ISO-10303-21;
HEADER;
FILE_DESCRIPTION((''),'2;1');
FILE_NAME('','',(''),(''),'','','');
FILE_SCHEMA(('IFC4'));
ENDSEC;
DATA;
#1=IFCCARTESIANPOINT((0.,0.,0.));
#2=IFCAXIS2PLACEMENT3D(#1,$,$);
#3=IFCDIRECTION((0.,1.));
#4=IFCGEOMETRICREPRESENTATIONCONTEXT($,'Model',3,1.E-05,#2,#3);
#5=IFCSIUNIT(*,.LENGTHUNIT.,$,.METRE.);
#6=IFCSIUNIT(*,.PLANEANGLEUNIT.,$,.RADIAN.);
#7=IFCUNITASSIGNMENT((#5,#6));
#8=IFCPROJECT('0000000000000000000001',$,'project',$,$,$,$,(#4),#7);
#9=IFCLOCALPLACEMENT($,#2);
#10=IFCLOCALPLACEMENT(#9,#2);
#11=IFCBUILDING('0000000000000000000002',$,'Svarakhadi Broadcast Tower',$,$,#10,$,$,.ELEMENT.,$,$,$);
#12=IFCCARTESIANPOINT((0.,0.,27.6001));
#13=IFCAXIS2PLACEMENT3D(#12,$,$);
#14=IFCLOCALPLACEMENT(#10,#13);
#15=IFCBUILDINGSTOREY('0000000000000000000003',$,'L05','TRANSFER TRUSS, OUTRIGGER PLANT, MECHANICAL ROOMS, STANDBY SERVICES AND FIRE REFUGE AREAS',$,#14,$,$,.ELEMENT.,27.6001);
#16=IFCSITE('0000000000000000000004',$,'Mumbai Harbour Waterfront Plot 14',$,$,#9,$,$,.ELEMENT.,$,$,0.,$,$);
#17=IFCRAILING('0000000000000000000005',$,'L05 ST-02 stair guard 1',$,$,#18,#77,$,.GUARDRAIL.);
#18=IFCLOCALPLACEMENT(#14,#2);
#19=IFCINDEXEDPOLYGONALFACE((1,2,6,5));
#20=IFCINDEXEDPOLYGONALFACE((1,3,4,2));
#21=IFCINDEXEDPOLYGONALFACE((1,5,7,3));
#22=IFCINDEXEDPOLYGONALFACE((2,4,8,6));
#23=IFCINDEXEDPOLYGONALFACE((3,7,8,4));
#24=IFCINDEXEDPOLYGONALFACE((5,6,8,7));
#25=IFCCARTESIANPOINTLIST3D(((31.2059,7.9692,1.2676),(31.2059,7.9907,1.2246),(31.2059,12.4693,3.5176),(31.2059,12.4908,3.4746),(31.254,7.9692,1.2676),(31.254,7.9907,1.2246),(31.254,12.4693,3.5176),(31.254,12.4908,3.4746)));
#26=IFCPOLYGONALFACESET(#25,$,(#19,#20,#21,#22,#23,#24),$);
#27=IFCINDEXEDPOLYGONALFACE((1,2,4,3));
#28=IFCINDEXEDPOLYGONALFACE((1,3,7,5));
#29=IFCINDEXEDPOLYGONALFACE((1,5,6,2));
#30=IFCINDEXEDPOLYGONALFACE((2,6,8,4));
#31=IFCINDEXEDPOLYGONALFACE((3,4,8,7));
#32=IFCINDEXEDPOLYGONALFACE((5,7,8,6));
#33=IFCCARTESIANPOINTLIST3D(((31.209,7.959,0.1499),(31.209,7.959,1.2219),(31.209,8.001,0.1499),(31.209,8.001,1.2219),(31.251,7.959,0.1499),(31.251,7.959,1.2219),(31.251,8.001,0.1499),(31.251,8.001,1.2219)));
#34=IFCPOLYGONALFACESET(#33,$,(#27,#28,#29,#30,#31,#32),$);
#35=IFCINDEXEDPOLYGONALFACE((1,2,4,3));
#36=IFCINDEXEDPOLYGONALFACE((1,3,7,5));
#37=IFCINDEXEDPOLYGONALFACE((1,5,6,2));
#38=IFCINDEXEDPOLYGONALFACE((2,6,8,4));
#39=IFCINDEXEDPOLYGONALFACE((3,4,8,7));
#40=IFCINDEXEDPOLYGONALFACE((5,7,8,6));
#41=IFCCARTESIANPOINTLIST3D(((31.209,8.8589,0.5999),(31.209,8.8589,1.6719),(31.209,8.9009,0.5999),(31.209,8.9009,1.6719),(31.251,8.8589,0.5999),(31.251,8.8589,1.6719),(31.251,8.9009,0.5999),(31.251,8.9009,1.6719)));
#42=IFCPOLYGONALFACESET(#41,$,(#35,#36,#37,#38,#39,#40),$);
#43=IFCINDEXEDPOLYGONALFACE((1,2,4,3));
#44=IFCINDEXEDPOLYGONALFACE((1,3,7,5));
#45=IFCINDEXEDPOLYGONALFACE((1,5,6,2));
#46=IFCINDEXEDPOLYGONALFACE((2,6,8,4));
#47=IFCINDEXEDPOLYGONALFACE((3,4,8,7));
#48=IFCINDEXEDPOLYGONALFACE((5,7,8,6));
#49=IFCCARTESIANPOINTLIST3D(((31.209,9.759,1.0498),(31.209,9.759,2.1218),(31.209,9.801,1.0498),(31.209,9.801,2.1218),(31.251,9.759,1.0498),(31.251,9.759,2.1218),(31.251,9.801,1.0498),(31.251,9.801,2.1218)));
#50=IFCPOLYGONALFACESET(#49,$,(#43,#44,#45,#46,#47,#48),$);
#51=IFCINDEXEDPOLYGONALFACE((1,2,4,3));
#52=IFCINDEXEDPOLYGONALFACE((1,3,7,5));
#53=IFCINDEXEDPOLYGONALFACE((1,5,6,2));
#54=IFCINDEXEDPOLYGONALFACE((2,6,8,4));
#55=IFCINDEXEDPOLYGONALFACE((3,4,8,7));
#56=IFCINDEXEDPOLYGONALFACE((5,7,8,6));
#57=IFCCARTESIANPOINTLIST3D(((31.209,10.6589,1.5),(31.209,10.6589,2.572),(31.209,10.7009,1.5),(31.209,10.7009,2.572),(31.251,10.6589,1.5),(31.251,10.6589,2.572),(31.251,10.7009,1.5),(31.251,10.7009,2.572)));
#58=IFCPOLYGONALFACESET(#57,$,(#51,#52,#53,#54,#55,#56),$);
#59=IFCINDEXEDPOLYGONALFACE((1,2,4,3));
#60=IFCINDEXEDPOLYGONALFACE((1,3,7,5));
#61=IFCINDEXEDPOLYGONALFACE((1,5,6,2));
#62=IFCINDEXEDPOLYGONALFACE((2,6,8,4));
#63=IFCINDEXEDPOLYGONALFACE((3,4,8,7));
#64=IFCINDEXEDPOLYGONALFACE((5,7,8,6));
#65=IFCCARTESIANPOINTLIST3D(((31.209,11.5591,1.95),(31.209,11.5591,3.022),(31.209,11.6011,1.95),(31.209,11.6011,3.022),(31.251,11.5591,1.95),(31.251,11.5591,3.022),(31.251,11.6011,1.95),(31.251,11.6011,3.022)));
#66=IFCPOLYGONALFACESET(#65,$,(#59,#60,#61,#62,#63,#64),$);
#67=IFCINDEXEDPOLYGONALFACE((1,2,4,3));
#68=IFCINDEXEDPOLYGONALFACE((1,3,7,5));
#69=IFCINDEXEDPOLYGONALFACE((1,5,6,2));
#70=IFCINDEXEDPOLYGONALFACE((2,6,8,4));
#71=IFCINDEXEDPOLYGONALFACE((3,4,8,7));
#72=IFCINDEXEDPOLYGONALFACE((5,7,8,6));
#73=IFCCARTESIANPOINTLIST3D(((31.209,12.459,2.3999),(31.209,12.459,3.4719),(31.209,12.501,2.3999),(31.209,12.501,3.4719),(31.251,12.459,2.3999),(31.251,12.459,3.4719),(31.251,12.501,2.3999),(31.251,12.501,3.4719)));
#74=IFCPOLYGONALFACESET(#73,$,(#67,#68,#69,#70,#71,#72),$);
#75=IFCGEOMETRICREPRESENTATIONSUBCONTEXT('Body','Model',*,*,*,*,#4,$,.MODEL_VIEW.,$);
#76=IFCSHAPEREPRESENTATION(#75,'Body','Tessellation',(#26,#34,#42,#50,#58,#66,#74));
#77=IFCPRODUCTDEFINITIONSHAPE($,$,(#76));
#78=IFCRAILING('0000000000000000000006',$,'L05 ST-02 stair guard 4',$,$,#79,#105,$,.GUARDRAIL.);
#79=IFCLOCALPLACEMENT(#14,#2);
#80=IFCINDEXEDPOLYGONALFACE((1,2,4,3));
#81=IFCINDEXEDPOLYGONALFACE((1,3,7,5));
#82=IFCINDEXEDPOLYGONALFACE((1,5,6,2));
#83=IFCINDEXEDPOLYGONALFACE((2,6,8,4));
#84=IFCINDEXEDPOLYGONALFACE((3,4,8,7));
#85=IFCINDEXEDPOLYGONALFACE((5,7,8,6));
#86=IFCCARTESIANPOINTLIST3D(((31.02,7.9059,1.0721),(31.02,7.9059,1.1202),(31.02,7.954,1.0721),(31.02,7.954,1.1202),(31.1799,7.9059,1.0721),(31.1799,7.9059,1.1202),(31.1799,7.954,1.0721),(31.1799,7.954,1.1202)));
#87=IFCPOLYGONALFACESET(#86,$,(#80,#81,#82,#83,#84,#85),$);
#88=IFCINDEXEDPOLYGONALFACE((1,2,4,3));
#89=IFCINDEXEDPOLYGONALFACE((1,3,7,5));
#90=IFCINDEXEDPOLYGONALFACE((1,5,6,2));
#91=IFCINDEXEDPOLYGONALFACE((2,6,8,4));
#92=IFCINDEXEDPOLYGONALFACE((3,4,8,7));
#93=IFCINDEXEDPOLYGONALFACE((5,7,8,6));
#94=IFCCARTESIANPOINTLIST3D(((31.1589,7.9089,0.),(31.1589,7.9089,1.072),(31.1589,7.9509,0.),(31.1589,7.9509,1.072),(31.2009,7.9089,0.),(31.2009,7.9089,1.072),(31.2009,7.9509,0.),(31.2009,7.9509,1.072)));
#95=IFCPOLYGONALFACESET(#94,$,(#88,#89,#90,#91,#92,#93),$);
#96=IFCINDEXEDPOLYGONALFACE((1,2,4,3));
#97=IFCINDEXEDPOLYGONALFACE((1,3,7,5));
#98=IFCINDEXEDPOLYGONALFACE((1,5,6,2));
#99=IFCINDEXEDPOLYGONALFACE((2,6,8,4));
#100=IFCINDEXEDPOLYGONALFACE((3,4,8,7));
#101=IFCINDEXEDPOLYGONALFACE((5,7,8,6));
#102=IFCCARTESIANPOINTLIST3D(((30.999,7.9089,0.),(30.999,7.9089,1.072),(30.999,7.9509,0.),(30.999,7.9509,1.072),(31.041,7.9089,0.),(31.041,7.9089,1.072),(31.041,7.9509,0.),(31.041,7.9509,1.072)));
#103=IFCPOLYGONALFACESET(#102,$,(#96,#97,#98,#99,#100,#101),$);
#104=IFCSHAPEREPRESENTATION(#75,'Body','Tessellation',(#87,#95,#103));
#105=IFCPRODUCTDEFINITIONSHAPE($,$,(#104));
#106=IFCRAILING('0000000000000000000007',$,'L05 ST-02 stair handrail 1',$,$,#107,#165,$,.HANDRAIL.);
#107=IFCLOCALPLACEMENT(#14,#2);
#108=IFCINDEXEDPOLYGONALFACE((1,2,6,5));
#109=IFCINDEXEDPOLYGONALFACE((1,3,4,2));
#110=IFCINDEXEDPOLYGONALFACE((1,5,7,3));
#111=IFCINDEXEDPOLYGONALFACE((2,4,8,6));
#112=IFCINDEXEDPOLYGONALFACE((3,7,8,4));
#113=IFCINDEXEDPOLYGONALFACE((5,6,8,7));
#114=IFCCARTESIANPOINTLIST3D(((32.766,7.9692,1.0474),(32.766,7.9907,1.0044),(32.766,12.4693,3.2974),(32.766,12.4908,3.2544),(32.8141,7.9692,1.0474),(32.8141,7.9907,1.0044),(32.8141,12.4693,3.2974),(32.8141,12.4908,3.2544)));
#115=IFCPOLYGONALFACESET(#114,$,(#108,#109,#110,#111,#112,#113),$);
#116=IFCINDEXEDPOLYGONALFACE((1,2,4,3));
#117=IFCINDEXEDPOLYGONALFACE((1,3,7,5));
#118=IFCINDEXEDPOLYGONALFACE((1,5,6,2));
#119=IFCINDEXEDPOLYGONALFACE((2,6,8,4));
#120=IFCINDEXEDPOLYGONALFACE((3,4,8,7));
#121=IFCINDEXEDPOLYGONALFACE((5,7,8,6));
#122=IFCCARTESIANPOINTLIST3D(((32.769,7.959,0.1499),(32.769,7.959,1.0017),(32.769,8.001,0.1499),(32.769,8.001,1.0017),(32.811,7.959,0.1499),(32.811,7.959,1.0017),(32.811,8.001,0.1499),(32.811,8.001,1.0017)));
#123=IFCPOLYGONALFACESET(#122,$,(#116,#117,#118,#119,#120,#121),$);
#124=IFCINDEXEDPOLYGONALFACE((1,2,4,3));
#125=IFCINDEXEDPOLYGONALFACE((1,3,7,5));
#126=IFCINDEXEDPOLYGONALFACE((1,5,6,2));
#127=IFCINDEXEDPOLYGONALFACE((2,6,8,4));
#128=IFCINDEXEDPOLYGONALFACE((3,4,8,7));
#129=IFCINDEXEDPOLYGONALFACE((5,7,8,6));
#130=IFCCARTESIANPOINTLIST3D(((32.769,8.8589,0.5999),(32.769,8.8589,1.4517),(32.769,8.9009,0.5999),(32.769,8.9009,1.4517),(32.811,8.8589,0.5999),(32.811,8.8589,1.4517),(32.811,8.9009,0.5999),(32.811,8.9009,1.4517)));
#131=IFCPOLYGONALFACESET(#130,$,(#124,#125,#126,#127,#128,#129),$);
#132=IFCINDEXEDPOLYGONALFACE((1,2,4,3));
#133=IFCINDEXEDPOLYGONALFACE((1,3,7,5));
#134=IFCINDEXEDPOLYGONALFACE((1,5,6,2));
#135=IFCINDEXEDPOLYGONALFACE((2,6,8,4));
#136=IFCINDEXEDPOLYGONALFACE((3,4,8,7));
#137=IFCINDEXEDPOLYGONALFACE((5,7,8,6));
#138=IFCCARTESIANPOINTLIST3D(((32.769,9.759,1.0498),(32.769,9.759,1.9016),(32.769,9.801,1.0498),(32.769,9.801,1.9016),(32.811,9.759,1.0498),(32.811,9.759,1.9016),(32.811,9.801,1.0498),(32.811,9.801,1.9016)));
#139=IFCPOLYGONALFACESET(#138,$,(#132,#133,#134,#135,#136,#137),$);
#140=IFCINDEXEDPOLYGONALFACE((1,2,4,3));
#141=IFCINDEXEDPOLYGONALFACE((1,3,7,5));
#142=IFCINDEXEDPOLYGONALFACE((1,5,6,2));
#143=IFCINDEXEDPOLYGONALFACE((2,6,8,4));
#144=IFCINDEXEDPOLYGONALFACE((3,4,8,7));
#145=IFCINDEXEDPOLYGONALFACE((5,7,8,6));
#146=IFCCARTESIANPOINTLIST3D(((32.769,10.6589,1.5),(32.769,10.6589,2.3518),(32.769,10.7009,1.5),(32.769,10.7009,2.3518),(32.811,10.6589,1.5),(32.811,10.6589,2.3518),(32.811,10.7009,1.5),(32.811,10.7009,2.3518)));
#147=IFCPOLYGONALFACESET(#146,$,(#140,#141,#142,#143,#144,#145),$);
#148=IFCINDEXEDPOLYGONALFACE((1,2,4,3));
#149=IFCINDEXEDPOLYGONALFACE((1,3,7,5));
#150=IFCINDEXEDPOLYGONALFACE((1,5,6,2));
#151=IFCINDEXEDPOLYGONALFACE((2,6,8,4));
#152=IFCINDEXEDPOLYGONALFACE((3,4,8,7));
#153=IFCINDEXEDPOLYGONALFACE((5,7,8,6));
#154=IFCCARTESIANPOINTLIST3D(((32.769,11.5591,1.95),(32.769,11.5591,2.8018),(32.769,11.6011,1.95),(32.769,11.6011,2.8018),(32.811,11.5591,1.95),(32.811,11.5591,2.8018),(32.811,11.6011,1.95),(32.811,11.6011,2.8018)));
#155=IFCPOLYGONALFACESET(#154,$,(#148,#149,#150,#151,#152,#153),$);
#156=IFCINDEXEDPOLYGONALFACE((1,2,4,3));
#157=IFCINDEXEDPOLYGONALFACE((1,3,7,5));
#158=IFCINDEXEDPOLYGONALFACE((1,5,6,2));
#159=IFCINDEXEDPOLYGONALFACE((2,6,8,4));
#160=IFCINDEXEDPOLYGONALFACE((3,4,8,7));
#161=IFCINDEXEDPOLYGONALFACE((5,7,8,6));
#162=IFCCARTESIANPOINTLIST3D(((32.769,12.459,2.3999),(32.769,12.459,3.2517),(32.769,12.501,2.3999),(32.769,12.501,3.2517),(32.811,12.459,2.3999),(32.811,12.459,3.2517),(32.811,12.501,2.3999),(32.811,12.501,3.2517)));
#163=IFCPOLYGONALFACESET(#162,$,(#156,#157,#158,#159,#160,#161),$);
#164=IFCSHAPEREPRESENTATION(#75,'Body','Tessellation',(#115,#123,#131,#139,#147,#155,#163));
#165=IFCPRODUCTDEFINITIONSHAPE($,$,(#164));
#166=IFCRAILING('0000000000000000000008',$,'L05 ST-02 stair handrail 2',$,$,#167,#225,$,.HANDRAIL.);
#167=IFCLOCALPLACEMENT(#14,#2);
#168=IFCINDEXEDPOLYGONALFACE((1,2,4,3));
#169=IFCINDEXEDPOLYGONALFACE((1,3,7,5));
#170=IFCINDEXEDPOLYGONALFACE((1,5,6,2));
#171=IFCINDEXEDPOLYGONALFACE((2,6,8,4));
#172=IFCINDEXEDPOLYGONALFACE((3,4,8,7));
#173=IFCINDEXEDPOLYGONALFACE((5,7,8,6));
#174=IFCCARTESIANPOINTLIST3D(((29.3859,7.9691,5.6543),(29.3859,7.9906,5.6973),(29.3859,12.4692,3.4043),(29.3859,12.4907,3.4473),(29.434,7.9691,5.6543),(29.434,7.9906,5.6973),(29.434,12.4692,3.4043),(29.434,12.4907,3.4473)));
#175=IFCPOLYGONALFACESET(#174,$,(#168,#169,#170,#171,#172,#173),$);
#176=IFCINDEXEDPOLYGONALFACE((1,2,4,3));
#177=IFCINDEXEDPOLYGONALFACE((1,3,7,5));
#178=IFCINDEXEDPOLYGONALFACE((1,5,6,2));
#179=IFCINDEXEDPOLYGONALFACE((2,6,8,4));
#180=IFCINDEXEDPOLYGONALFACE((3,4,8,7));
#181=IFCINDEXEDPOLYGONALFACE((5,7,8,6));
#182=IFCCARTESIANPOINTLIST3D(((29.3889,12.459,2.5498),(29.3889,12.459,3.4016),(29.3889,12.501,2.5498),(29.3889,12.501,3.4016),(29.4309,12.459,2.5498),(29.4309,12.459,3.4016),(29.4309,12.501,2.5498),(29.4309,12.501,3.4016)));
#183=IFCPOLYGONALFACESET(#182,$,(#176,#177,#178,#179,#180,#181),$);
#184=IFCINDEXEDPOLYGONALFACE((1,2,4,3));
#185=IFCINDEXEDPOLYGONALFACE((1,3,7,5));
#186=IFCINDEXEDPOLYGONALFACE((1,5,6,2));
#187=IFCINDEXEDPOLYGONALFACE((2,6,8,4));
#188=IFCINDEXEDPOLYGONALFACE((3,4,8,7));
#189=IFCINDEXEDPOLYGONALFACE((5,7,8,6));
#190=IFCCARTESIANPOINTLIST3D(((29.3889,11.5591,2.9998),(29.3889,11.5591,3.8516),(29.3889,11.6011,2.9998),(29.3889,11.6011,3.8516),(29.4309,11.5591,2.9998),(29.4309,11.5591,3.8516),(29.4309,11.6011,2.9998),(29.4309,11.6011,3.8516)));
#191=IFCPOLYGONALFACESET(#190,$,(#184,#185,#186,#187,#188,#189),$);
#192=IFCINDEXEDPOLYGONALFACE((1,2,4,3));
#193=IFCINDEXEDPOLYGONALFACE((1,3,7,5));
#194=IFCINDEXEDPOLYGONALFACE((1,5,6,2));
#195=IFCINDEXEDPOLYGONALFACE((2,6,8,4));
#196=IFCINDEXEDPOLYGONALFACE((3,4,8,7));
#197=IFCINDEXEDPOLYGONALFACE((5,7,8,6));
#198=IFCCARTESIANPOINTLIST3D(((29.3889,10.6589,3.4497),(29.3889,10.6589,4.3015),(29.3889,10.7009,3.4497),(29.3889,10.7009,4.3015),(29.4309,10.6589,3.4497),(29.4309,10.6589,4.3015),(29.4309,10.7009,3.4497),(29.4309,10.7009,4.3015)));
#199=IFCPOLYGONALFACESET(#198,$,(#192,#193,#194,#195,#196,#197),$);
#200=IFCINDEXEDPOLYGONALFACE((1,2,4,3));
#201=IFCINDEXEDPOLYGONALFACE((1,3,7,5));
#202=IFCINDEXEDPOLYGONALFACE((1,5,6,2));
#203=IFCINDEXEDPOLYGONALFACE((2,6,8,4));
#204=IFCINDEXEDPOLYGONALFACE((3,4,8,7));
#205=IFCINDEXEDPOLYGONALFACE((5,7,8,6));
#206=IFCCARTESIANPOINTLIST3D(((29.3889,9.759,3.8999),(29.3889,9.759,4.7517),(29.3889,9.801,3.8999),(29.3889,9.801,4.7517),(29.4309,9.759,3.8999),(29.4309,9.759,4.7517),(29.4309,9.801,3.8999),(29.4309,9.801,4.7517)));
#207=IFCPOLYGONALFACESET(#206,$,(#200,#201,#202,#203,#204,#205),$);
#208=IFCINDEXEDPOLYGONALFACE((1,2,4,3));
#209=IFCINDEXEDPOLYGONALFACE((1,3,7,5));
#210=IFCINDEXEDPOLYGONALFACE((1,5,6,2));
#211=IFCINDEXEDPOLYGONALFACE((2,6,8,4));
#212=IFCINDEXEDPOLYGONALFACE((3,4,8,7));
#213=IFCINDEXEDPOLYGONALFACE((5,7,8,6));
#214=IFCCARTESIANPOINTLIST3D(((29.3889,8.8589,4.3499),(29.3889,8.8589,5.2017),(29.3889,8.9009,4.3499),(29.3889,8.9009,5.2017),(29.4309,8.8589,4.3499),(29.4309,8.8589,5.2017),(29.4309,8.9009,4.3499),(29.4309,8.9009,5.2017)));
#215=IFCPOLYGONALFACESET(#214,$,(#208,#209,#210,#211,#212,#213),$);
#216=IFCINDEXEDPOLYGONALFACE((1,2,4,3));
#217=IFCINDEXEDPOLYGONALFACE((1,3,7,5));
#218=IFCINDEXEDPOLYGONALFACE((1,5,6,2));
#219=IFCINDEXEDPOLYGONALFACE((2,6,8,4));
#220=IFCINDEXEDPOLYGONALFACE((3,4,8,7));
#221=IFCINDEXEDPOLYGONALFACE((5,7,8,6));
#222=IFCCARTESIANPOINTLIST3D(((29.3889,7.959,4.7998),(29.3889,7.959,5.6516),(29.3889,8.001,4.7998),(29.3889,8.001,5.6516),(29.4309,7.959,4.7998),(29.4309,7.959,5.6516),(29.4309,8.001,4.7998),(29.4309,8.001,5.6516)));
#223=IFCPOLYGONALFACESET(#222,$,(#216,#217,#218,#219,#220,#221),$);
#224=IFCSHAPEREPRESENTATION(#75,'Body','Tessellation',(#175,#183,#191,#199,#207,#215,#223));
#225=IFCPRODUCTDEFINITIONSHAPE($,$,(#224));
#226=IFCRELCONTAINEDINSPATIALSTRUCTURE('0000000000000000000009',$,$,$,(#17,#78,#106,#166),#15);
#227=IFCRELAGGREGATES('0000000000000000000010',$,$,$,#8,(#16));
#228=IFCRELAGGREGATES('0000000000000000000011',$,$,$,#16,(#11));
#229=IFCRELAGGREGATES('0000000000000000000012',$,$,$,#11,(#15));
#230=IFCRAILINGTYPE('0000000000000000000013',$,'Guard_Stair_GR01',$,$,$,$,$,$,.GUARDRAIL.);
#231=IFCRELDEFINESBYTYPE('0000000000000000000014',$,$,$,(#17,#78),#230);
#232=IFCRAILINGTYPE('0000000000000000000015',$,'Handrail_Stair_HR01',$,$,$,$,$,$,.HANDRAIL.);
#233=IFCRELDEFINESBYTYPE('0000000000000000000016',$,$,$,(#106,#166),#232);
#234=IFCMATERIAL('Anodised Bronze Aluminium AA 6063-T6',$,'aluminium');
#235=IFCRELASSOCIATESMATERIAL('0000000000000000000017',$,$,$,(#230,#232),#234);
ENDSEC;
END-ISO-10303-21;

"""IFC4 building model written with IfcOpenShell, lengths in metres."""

from ifc_helpers import new_model, si_unit, direction, frame, origin, origin_2d, place, context, subcontext, project, spatial, rectangle, extrude, material, type_object, element, save


model = new_model("IFC4")

# Units and contexts
model_context = context("Model", 3, precision=1e-05, world=origin(), true_north=direction((0.0, 1.0)))
body_context = subcontext(model_context, "Body", "Model", "MODEL_VIEW")
ifc_project = project(units=[si_unit("LENGTHUNIT", "METRE"), si_unit("PLANEANGLEUNIT", "RADIAN")], contexts=[model_context])

# Site, building, storey
site_placement = place(None, origin())
site = spatial("IfcSite", under=ifc_project, at=site_placement, Name="Mumbai Harbour Waterfront Plot 14", CompositionType="ELEMENT", RefElevation=0.0)
building_placement = place(site_placement, origin())
building = spatial("IfcBuilding", under=site, at=building_placement, Name="Svarakhadi Broadcast Tower", CompositionType="ELEMENT")
storey_placement = place(building_placement, frame((0.0, 0.0, 27.6001)))
storey = spatial("IfcBuildingStorey", under=building, at=storey_placement, Name="L05", Description="TRANSFER TRUSS, OUTRIGGER PLANT, MECHANICAL ROOMS, STANDBY SERVICES AND FIRE REFUGE AREAS", CompositionType="ELEMENT", Elevation=27.6001)

# Railings
ifc_material_1 = material(Name="Anodised Bronze Aluminium AA 6063-T6", Category="aluminium")
railing_type_1 = type_object("IfcRailingType", Name="Guard_Stair_GR01", PredefinedType="GUARDRAIL", material=ifc_material_1)
railing_1_placement = place(storey_placement, frame((31.23, 7.98, 0.1499)))
element("IfcRailing", 1, at=railing_1_placement, inside=storey, type_object=railing_type_1, Name="L05 ST-02 stair guard 1", PredefinedType="GUARDRAIL", context=body_context, shape_type="SweptSolid", body=[
    extrude(rectangle(XDim=0.0481, YDim=0.0481, at=origin_2d()), frame((0.0, 0.0, 1.0962), z_axis=(0.0, 0.894427, 0.447214), x_axis=(-1.0, 0.0, 0.0)), (0.0, 0.0, 1.0), 5.0312),
    extrude(rectangle(XDim=0.042, YDim=0.042, at=origin_2d()), origin(), (0.0, 0.0, 1.0), 1.072),
    extrude(rectangle(XDim=0.042, YDim=0.042, at=origin_2d()), frame((0.0, 0.8999, 0.45)), (0.0, 0.0, 1.0), 1.072),
    extrude(rectangle(XDim=0.042, YDim=0.042, at=origin_2d()), frame((0.0, 1.8, 0.8999)), (0.0, 0.0, 1.0), 1.072),
    extrude(rectangle(XDim=0.042, YDim=0.042, at=origin_2d()), frame((0.0, 2.7, 1.3501)), (0.0, 0.0, 1.0), 1.072),
    extrude(rectangle(XDim=0.042, YDim=0.042, at=origin_2d()), frame((0.0, 3.6001, 1.8)), (0.0, 0.0, 1.0), 1.072),
    extrude(rectangle(XDim=0.042, YDim=0.042, at=origin_2d()), frame((0.0, 4.5, 2.25)), (0.0, 0.0, 1.0), 1.072),
])
railing_2_placement = place(storey_placement, frame((31.1799, 7.9299, 0.0)))
element("IfcRailing", 2, at=railing_2_placement, inside=storey, type_object=railing_type_1, Name="L05 ST-02 stair guard 4", PredefinedType="GUARDRAIL", context=body_context, shape_type="SweptSolid", body=[
    extrude(rectangle(XDim=0.0481, YDim=0.0481, at=origin_2d()), frame((0.0, 0.0, 1.0962), z_axis=(-1.0, 0.0, 0.0), x_axis=(0.0, -1.0, 0.0)), (0.0, 0.0, 1.0), 0.1599),
    extrude(rectangle(XDim=0.042, YDim=0.042, at=origin_2d()), origin(), (0.0, 0.0, 1.0), 1.072),
    extrude(rectangle(XDim=0.042, YDim=0.042, at=origin_2d()), frame((-0.1599, 0.0, 0.0)), (0.0, 0.0, 1.0), 1.072),
])
railing_type_2 = type_object("IfcRailingType", Name="Handrail_Stair_HR01", PredefinedType="HANDRAIL", material=ifc_material_1)
railing_3_placement = place(storey_placement, frame((32.79, 7.98, 0.1499)))
element("IfcRailing", 3, at=railing_3_placement, inside=storey, type_object=railing_type_2, Name="L05 ST-02 stair handrail 1", PredefinedType="HANDRAIL", context=body_context, shape_type="SweptSolid", body=[
    extrude(rectangle(XDim=0.0481, YDim=0.0481, at=origin_2d()), frame((0.0, 0.0, 0.876), z_axis=(0.0, 0.894427, 0.447214), x_axis=(-1.0, 0.0, 0.0)), (0.0, 0.0, 1.0), 5.0312),
    extrude(rectangle(XDim=0.042, YDim=0.042, at=origin_2d()), origin(), (0.0, 0.0, 1.0), 0.8518),
    extrude(rectangle(XDim=0.042, YDim=0.042, at=origin_2d()), frame((0.0, 0.8999, 0.45)), (0.0, 0.0, 1.0), 0.8518),
    extrude(rectangle(XDim=0.042, YDim=0.042, at=origin_2d()), frame((0.0, 1.8, 0.8999)), (0.0, 0.0, 1.0), 0.8518),
    extrude(rectangle(XDim=0.042, YDim=0.042, at=origin_2d()), frame((0.0, 2.7, 1.3501)), (0.0, 0.0, 1.0), 0.8518),
    extrude(rectangle(XDim=0.042, YDim=0.042, at=origin_2d()), frame((0.0, 3.6001, 1.8)), (0.0, 0.0, 1.0), 0.8518),
    extrude(rectangle(XDim=0.042, YDim=0.042, at=origin_2d()), frame((0.0, 4.5, 2.25)), (0.0, 0.0, 1.0), 0.8518),
])
railing_4_placement = place(storey_placement, frame((29.4099, 12.48, 2.5498)))
element("IfcRailing", 4, at=railing_4_placement, inside=storey, type_object=railing_type_2, Name="L05 ST-02 stair handrail 2", PredefinedType="HANDRAIL", context=body_context, shape_type="SweptSolid", body=[
    extrude(rectangle(XDim=0.0481, YDim=0.0481, at=origin_2d()), frame((0.0, 0.0, 0.876), z_axis=(0.0, -0.894427, 0.447214), x_axis=(1.0, 0.0, 0.0)), (0.0, 0.0, 1.0), 5.0312),
    extrude(rectangle(XDim=0.042, YDim=0.042, at=origin_2d()), origin(), (0.0, 0.0, 1.0), 0.8518),
    extrude(rectangle(XDim=0.042, YDim=0.042, at=origin_2d()), frame((0.0, -0.8999, 0.45)), (0.0, 0.0, 1.0), 0.8518),
    extrude(rectangle(XDim=0.042, YDim=0.042, at=origin_2d()), frame((0.0, -1.8, 0.8999)), (0.0, 0.0, 1.0), 0.8518),
    extrude(rectangle(XDim=0.042, YDim=0.042, at=origin_2d()), frame((0.0, -2.7, 1.3501)), (0.0, 0.0, 1.0), 0.8518),
    extrude(rectangle(XDim=0.042, YDim=0.042, at=origin_2d()), frame((0.0, -3.6001, 1.8)), (0.0, 0.0, 1.0), 0.8518),
    extrude(rectangle(XDim=0.042, YDim=0.042, at=origin_2d()), frame((0.0, -4.5, 2.25)), (0.0, 0.0, 1.0), 0.8518),
])

save(model, "model.ifc")
